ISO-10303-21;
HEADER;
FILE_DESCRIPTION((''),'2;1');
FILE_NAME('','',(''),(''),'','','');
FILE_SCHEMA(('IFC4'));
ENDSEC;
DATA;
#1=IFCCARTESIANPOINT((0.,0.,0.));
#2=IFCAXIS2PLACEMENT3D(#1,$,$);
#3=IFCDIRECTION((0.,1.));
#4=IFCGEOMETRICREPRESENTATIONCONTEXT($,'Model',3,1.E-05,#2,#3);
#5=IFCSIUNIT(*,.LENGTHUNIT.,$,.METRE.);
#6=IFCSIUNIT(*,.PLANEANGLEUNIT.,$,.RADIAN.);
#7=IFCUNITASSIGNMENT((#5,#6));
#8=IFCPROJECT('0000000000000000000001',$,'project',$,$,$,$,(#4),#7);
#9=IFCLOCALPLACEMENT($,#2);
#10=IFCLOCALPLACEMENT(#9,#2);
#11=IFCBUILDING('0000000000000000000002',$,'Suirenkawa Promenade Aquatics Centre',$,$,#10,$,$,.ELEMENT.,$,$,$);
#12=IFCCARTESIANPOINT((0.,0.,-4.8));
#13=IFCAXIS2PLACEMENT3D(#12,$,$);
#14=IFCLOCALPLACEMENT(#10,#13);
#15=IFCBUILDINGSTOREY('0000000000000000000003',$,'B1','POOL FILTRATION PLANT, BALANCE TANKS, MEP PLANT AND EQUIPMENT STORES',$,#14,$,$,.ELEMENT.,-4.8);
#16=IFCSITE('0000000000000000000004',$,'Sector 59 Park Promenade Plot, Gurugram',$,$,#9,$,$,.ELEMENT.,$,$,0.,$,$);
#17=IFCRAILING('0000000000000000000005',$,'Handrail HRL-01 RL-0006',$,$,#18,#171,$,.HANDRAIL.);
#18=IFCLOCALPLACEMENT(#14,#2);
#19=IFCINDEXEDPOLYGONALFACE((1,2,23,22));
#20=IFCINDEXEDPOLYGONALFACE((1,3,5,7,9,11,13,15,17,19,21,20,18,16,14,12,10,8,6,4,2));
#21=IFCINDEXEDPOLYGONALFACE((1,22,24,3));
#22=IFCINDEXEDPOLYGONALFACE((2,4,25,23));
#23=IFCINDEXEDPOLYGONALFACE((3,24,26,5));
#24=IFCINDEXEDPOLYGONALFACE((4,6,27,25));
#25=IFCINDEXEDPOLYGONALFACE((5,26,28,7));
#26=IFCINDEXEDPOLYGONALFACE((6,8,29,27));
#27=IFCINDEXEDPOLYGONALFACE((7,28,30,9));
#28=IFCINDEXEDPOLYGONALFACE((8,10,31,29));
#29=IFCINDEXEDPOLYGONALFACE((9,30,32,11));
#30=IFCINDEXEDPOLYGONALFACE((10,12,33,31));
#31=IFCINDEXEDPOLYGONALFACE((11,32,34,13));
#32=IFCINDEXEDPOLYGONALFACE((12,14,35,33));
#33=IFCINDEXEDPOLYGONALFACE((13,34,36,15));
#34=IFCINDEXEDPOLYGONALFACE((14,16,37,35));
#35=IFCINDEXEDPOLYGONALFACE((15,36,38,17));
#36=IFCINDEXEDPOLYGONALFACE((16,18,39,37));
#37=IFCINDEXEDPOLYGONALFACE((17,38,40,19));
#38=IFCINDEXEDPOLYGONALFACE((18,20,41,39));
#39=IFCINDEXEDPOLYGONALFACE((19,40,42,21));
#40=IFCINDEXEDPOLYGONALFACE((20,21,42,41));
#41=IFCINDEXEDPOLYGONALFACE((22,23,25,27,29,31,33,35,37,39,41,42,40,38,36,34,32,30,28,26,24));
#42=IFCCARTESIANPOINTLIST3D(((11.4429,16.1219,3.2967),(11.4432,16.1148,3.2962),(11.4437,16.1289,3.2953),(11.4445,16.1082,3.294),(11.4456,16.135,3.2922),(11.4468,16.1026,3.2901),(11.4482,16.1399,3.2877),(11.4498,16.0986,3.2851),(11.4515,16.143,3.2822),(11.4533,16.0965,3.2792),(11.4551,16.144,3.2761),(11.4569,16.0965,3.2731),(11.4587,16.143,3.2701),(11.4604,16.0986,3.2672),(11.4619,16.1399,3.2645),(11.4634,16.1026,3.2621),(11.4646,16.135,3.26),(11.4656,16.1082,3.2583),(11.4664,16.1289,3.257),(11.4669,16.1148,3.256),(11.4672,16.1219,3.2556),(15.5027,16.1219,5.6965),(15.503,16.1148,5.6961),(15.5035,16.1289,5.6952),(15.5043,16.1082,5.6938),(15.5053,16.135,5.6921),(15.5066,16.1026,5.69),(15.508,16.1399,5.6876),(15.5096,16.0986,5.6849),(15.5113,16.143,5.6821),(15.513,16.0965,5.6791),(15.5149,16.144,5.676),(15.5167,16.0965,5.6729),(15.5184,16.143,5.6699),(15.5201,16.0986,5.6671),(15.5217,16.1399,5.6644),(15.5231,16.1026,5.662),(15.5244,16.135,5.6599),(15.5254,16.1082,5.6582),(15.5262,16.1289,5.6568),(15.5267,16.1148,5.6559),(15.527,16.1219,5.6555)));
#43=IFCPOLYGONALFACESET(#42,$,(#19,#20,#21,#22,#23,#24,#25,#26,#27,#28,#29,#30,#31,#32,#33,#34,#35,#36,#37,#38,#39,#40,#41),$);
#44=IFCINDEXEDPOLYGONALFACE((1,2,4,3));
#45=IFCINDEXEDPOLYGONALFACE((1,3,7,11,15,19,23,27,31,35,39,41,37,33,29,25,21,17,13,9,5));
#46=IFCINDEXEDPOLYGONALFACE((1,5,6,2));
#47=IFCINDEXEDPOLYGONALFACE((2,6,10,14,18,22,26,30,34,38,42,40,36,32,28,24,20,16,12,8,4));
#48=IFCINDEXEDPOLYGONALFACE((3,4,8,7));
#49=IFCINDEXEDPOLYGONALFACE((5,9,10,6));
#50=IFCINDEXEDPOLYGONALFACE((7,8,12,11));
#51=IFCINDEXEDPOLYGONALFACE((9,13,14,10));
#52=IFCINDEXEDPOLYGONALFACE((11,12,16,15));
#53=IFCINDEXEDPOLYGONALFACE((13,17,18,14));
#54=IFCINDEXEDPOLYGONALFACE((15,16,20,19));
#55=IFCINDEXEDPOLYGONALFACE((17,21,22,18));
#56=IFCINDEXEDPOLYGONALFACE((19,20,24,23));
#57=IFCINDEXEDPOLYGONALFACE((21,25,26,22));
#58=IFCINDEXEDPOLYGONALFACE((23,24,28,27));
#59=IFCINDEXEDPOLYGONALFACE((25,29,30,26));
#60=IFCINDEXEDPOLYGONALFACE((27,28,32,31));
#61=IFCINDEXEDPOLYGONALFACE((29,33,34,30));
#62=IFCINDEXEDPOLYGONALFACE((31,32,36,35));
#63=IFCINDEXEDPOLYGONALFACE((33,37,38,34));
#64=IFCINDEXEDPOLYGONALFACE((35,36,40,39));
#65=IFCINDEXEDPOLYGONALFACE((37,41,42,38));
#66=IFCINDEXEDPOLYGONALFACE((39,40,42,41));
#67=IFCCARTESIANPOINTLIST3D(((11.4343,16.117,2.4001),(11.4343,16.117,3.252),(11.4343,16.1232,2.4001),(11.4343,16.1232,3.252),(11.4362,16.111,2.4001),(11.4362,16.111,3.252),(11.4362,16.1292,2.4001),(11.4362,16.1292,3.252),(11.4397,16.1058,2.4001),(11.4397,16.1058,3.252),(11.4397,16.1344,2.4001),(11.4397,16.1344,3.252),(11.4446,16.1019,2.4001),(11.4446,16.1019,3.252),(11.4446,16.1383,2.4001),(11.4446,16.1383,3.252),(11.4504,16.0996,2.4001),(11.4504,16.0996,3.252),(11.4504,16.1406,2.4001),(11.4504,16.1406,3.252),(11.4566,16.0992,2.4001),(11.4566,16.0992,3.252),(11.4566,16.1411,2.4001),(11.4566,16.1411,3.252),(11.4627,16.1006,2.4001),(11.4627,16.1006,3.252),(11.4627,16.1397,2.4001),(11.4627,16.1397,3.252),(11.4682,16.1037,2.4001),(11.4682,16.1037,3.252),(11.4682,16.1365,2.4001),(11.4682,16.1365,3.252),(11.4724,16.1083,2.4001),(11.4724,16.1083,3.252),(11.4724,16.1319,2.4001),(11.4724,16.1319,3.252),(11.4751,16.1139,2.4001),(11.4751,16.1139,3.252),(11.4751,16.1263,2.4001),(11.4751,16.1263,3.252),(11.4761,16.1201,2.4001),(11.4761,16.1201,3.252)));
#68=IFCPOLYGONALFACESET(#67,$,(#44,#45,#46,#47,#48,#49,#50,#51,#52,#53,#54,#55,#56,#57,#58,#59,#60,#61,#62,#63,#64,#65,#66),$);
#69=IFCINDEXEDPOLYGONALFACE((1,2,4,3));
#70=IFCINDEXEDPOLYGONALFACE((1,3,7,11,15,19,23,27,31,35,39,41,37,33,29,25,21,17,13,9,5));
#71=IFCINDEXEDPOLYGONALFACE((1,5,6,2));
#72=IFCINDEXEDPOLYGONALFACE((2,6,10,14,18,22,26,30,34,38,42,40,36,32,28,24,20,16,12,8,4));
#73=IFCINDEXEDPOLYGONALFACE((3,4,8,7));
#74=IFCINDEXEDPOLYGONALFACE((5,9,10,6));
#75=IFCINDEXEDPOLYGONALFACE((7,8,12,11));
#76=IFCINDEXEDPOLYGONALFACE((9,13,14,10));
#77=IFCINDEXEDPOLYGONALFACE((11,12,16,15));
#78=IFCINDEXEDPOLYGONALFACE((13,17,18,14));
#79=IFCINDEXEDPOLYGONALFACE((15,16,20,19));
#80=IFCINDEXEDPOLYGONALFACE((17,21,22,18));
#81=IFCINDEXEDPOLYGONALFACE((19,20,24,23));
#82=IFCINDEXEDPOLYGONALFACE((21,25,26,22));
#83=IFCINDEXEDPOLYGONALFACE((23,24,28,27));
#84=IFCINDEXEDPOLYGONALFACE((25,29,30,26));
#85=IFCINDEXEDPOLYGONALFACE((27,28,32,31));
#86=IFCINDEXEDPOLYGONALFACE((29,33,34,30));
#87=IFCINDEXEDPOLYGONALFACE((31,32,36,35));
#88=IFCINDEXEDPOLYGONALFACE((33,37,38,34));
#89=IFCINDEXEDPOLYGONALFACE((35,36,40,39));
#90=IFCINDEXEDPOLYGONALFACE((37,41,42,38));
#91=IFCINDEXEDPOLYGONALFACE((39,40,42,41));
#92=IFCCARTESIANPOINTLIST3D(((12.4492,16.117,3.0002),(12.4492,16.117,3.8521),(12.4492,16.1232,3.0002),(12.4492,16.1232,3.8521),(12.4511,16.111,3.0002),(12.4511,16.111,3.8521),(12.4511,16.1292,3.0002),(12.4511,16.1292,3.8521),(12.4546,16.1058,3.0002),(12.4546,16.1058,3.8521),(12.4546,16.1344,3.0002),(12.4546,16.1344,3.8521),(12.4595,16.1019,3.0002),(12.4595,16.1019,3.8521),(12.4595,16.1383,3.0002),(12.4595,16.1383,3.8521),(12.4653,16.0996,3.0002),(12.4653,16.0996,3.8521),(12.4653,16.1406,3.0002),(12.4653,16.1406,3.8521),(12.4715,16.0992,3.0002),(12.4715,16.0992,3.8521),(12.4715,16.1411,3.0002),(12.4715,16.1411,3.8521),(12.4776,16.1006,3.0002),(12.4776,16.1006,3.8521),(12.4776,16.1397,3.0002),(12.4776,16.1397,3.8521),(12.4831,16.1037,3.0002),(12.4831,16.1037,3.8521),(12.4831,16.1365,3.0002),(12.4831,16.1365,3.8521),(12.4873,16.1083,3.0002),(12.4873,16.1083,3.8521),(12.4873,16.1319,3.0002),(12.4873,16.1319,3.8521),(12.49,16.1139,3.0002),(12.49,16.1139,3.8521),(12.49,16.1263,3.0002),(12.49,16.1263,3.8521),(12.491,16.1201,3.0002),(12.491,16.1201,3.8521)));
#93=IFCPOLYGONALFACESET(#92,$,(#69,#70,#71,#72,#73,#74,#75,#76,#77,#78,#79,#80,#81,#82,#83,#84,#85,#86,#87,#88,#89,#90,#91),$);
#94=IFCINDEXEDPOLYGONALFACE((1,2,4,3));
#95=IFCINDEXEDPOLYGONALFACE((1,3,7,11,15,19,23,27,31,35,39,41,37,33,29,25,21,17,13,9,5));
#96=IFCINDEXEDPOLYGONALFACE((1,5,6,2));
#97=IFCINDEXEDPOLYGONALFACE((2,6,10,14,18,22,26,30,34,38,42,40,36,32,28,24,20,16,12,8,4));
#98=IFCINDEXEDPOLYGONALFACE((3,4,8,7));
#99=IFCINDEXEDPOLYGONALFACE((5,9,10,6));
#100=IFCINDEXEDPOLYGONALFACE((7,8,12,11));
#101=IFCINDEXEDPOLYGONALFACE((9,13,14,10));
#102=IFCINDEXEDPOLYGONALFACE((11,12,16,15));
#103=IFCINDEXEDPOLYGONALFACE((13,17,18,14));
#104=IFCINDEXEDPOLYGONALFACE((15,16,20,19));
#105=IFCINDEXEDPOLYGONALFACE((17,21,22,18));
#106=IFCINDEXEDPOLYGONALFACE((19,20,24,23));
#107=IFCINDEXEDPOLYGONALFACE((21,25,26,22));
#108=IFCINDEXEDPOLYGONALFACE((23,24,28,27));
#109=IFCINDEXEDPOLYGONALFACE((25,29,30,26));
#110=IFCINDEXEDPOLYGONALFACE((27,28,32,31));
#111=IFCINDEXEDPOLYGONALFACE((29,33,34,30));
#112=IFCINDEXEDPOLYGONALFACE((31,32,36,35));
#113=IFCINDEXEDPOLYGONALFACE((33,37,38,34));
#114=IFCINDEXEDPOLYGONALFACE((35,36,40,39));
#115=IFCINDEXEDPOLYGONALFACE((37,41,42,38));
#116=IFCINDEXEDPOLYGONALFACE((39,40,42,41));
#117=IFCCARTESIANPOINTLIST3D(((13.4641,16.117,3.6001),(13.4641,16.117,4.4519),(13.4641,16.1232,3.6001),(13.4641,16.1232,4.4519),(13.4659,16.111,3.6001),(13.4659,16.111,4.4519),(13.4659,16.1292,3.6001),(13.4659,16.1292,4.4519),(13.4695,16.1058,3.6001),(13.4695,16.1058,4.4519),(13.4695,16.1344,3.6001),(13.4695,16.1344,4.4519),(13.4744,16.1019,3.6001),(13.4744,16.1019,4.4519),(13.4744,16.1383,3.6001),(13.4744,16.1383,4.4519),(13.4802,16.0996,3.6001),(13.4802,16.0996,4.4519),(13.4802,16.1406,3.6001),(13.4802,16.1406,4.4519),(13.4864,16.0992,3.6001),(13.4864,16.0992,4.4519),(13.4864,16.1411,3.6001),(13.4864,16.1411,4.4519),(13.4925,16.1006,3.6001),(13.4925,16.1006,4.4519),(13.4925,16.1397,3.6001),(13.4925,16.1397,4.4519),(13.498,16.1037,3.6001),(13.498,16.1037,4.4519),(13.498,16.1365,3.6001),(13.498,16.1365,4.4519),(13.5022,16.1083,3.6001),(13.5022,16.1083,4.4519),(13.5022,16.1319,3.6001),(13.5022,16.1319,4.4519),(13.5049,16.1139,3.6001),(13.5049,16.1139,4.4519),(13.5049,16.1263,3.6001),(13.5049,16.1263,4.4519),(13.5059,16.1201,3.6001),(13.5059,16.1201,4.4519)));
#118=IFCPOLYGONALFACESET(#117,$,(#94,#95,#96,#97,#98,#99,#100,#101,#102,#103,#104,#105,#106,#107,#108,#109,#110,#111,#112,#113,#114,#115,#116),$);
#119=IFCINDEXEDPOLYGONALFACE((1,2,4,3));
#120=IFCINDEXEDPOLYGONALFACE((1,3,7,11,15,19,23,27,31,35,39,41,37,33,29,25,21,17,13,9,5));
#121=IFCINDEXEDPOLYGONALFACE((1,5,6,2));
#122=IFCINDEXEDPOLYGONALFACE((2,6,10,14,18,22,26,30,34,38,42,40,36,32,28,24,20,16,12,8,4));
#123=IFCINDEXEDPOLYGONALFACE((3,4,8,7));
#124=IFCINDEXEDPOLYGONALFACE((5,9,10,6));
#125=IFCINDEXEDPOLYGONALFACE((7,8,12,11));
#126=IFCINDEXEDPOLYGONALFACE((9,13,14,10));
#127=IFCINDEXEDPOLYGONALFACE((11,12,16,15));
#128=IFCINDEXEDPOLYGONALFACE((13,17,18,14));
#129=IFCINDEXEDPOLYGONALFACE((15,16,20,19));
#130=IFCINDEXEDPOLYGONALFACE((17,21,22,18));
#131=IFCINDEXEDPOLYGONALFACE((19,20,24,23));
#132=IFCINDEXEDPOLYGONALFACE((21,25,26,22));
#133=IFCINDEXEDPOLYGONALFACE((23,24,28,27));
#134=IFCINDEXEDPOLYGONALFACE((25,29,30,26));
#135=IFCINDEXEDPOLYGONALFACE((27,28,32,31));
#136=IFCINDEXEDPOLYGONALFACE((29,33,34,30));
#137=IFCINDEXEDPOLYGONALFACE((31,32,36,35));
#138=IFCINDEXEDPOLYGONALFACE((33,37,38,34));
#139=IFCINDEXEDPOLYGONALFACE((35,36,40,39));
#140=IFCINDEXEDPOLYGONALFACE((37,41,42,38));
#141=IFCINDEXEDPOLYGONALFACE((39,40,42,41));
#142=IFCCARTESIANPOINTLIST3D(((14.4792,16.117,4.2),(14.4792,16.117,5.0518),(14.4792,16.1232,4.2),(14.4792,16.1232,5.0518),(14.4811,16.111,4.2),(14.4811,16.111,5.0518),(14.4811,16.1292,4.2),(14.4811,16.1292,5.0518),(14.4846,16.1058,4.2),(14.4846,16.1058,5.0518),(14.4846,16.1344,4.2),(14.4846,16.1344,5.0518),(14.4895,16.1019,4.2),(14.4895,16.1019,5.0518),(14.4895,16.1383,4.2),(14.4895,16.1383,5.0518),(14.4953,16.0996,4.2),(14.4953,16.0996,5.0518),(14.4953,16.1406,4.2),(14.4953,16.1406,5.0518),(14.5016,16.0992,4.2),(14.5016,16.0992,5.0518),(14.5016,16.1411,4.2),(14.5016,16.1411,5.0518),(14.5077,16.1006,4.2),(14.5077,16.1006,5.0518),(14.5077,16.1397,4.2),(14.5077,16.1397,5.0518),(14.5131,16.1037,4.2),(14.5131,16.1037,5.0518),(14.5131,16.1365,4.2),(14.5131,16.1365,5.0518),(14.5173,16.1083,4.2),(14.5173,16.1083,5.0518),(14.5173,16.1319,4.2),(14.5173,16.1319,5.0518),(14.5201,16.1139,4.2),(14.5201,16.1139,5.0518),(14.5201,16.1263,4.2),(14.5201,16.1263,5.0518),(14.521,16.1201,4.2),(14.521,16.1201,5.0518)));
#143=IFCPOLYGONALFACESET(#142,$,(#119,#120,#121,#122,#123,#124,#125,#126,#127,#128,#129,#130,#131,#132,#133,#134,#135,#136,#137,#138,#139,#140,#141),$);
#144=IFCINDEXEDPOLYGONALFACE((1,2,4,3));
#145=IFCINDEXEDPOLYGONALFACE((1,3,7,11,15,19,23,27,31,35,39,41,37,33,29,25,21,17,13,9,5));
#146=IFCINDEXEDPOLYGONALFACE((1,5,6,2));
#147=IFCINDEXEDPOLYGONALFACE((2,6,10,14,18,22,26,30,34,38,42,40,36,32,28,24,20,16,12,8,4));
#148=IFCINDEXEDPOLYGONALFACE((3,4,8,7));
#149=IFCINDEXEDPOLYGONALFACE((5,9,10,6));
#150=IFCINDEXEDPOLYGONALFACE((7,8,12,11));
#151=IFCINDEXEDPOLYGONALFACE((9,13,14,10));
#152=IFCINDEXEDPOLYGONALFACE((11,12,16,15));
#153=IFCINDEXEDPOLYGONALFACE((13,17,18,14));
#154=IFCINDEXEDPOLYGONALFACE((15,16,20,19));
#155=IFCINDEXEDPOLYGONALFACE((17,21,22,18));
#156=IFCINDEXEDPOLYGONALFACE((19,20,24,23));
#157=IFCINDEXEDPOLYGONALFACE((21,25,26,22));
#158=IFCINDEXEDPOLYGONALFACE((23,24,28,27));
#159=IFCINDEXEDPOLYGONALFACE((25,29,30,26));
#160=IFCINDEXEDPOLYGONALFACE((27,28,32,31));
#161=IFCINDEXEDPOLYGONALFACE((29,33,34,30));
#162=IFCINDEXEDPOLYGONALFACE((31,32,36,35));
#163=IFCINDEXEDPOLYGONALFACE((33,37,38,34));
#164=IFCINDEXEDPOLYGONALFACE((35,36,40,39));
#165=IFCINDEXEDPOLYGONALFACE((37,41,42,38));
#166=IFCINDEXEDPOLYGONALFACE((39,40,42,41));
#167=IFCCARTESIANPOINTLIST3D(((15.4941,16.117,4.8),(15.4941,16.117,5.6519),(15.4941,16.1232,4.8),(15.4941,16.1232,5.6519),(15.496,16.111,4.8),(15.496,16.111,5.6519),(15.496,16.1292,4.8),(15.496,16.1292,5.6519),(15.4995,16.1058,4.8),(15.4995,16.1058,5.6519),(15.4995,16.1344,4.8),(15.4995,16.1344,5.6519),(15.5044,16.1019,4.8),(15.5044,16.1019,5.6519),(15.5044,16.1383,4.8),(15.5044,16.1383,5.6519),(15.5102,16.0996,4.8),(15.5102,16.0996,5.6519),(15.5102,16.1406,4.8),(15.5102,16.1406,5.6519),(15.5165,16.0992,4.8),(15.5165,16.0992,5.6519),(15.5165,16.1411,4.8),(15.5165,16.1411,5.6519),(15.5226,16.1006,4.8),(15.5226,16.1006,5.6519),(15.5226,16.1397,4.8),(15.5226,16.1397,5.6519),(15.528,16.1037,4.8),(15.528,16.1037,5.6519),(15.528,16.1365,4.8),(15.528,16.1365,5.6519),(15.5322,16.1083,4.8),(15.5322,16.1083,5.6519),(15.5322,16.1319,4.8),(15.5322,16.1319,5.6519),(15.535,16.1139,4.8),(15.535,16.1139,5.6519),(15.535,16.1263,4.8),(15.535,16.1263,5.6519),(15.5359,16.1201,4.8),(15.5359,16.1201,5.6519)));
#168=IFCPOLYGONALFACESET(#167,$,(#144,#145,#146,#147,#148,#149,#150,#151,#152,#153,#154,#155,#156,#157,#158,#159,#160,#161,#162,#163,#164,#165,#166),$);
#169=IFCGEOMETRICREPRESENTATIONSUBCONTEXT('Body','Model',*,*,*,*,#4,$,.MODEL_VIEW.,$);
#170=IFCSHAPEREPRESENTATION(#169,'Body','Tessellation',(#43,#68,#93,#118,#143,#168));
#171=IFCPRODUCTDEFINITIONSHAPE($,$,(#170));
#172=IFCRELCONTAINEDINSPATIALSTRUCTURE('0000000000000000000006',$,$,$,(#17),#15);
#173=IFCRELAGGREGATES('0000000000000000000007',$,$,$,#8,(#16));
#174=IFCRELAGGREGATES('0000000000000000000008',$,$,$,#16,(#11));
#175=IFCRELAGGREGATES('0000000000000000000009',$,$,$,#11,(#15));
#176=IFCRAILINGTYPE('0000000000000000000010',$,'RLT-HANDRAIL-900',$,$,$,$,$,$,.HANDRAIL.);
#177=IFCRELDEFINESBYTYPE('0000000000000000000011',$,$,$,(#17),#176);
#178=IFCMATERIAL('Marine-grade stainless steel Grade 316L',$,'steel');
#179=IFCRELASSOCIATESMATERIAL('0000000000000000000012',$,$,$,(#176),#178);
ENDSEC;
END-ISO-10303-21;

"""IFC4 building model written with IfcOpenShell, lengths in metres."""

from ifc_helpers import new_model, si_unit, direction, frame, origin, origin_2d, place, context, subcontext, project, spatial, circle, extrude, material, type_object, element, save


model = new_model("IFC4")

# Units and contexts
model_context = context("Model", 3, precision=1e-05, world=origin(), true_north=direction((0.0, 1.0)))
body_context = subcontext(model_context, "Body", "Model", "MODEL_VIEW")
ifc_project = project(units=[si_unit("LENGTHUNIT", "METRE"), si_unit("PLANEANGLEUNIT", "RADIAN")], contexts=[model_context])

# Site, building, storey
site_placement = place(None, origin())
site = spatial("IfcSite", under=ifc_project, at=site_placement, Name="Sector 59 Park Promenade Plot, Gurugram", CompositionType="ELEMENT", RefElevation=0.0)
building_placement = place(site_placement, origin())
building = spatial("IfcBuilding", under=site, at=building_placement, Name="Suirenkawa Promenade Aquatics Centre", CompositionType="ELEMENT")
storey_placement = place(building_placement, frame((0.0, 0.0, -4.8)))
storey = spatial("IfcBuildingStorey", under=building, at=storey_placement, Name="B1", Description="POOL FILTRATION PLANT, BALANCE TANKS, MEP PLANT AND EQUIPMENT STORES", CompositionType="ELEMENT", Elevation=-4.8)

# Railing
ifc_material_1 = material(Name="Marine-grade stainless steel Grade 316L", Category="steel")
railing_type_1 = type_object("IfcRailingType", Name="RLT-HANDRAIL-900", PredefinedType="HANDRAIL", material=ifc_material_1)
for number, where, name in (
    (1, (11.4551, 16.1201, 2.4001), "Handrail HRL-01 RL-0006"),
):
    element("IfcRailing", number, at=place(storey_placement, frame(where)), inside=storey, type_object=railing_type_1, Name=name, PredefinedType="HANDRAIL", context=body_context, shape_type="SweptSolid", body=[
        extrude(circle(Radius=0.0239, at=origin_2d()), frame((0.0, 0.0, 0.876), z_axis=(0.860841, 0.0, 0.508874), x_axis=(0.0, 1.0, 0.0)), (0.0, 0.0, 1.0), 4.7161),
        extrude(circle(Radius=0.021, at=origin_2d()), origin(), (0.0, 0.0, 1.0), 0.8518),
        extrude(circle(Radius=0.021, at=origin_2d()), frame((1.0149, 0.0, 0.6001)), (0.0, 0.0, 1.0), 0.8518),
        extrude(circle(Radius=0.021, at=origin_2d()), frame((2.0298, 0.0, 1.2)), (0.0, 0.0, 1.0), 0.8518),
        extrude(circle(Radius=0.021, at=origin_2d()), frame((3.0449, 0.0, 1.7998)), (0.0, 0.0, 1.0), 0.8518),
        extrude(circle(Radius=0.021, at=origin_2d()), frame((4.0598, 0.0, 2.3999)), (0.0, 0.0, 1.0), 0.8518),
    ])

save(model, "model.ifc")
